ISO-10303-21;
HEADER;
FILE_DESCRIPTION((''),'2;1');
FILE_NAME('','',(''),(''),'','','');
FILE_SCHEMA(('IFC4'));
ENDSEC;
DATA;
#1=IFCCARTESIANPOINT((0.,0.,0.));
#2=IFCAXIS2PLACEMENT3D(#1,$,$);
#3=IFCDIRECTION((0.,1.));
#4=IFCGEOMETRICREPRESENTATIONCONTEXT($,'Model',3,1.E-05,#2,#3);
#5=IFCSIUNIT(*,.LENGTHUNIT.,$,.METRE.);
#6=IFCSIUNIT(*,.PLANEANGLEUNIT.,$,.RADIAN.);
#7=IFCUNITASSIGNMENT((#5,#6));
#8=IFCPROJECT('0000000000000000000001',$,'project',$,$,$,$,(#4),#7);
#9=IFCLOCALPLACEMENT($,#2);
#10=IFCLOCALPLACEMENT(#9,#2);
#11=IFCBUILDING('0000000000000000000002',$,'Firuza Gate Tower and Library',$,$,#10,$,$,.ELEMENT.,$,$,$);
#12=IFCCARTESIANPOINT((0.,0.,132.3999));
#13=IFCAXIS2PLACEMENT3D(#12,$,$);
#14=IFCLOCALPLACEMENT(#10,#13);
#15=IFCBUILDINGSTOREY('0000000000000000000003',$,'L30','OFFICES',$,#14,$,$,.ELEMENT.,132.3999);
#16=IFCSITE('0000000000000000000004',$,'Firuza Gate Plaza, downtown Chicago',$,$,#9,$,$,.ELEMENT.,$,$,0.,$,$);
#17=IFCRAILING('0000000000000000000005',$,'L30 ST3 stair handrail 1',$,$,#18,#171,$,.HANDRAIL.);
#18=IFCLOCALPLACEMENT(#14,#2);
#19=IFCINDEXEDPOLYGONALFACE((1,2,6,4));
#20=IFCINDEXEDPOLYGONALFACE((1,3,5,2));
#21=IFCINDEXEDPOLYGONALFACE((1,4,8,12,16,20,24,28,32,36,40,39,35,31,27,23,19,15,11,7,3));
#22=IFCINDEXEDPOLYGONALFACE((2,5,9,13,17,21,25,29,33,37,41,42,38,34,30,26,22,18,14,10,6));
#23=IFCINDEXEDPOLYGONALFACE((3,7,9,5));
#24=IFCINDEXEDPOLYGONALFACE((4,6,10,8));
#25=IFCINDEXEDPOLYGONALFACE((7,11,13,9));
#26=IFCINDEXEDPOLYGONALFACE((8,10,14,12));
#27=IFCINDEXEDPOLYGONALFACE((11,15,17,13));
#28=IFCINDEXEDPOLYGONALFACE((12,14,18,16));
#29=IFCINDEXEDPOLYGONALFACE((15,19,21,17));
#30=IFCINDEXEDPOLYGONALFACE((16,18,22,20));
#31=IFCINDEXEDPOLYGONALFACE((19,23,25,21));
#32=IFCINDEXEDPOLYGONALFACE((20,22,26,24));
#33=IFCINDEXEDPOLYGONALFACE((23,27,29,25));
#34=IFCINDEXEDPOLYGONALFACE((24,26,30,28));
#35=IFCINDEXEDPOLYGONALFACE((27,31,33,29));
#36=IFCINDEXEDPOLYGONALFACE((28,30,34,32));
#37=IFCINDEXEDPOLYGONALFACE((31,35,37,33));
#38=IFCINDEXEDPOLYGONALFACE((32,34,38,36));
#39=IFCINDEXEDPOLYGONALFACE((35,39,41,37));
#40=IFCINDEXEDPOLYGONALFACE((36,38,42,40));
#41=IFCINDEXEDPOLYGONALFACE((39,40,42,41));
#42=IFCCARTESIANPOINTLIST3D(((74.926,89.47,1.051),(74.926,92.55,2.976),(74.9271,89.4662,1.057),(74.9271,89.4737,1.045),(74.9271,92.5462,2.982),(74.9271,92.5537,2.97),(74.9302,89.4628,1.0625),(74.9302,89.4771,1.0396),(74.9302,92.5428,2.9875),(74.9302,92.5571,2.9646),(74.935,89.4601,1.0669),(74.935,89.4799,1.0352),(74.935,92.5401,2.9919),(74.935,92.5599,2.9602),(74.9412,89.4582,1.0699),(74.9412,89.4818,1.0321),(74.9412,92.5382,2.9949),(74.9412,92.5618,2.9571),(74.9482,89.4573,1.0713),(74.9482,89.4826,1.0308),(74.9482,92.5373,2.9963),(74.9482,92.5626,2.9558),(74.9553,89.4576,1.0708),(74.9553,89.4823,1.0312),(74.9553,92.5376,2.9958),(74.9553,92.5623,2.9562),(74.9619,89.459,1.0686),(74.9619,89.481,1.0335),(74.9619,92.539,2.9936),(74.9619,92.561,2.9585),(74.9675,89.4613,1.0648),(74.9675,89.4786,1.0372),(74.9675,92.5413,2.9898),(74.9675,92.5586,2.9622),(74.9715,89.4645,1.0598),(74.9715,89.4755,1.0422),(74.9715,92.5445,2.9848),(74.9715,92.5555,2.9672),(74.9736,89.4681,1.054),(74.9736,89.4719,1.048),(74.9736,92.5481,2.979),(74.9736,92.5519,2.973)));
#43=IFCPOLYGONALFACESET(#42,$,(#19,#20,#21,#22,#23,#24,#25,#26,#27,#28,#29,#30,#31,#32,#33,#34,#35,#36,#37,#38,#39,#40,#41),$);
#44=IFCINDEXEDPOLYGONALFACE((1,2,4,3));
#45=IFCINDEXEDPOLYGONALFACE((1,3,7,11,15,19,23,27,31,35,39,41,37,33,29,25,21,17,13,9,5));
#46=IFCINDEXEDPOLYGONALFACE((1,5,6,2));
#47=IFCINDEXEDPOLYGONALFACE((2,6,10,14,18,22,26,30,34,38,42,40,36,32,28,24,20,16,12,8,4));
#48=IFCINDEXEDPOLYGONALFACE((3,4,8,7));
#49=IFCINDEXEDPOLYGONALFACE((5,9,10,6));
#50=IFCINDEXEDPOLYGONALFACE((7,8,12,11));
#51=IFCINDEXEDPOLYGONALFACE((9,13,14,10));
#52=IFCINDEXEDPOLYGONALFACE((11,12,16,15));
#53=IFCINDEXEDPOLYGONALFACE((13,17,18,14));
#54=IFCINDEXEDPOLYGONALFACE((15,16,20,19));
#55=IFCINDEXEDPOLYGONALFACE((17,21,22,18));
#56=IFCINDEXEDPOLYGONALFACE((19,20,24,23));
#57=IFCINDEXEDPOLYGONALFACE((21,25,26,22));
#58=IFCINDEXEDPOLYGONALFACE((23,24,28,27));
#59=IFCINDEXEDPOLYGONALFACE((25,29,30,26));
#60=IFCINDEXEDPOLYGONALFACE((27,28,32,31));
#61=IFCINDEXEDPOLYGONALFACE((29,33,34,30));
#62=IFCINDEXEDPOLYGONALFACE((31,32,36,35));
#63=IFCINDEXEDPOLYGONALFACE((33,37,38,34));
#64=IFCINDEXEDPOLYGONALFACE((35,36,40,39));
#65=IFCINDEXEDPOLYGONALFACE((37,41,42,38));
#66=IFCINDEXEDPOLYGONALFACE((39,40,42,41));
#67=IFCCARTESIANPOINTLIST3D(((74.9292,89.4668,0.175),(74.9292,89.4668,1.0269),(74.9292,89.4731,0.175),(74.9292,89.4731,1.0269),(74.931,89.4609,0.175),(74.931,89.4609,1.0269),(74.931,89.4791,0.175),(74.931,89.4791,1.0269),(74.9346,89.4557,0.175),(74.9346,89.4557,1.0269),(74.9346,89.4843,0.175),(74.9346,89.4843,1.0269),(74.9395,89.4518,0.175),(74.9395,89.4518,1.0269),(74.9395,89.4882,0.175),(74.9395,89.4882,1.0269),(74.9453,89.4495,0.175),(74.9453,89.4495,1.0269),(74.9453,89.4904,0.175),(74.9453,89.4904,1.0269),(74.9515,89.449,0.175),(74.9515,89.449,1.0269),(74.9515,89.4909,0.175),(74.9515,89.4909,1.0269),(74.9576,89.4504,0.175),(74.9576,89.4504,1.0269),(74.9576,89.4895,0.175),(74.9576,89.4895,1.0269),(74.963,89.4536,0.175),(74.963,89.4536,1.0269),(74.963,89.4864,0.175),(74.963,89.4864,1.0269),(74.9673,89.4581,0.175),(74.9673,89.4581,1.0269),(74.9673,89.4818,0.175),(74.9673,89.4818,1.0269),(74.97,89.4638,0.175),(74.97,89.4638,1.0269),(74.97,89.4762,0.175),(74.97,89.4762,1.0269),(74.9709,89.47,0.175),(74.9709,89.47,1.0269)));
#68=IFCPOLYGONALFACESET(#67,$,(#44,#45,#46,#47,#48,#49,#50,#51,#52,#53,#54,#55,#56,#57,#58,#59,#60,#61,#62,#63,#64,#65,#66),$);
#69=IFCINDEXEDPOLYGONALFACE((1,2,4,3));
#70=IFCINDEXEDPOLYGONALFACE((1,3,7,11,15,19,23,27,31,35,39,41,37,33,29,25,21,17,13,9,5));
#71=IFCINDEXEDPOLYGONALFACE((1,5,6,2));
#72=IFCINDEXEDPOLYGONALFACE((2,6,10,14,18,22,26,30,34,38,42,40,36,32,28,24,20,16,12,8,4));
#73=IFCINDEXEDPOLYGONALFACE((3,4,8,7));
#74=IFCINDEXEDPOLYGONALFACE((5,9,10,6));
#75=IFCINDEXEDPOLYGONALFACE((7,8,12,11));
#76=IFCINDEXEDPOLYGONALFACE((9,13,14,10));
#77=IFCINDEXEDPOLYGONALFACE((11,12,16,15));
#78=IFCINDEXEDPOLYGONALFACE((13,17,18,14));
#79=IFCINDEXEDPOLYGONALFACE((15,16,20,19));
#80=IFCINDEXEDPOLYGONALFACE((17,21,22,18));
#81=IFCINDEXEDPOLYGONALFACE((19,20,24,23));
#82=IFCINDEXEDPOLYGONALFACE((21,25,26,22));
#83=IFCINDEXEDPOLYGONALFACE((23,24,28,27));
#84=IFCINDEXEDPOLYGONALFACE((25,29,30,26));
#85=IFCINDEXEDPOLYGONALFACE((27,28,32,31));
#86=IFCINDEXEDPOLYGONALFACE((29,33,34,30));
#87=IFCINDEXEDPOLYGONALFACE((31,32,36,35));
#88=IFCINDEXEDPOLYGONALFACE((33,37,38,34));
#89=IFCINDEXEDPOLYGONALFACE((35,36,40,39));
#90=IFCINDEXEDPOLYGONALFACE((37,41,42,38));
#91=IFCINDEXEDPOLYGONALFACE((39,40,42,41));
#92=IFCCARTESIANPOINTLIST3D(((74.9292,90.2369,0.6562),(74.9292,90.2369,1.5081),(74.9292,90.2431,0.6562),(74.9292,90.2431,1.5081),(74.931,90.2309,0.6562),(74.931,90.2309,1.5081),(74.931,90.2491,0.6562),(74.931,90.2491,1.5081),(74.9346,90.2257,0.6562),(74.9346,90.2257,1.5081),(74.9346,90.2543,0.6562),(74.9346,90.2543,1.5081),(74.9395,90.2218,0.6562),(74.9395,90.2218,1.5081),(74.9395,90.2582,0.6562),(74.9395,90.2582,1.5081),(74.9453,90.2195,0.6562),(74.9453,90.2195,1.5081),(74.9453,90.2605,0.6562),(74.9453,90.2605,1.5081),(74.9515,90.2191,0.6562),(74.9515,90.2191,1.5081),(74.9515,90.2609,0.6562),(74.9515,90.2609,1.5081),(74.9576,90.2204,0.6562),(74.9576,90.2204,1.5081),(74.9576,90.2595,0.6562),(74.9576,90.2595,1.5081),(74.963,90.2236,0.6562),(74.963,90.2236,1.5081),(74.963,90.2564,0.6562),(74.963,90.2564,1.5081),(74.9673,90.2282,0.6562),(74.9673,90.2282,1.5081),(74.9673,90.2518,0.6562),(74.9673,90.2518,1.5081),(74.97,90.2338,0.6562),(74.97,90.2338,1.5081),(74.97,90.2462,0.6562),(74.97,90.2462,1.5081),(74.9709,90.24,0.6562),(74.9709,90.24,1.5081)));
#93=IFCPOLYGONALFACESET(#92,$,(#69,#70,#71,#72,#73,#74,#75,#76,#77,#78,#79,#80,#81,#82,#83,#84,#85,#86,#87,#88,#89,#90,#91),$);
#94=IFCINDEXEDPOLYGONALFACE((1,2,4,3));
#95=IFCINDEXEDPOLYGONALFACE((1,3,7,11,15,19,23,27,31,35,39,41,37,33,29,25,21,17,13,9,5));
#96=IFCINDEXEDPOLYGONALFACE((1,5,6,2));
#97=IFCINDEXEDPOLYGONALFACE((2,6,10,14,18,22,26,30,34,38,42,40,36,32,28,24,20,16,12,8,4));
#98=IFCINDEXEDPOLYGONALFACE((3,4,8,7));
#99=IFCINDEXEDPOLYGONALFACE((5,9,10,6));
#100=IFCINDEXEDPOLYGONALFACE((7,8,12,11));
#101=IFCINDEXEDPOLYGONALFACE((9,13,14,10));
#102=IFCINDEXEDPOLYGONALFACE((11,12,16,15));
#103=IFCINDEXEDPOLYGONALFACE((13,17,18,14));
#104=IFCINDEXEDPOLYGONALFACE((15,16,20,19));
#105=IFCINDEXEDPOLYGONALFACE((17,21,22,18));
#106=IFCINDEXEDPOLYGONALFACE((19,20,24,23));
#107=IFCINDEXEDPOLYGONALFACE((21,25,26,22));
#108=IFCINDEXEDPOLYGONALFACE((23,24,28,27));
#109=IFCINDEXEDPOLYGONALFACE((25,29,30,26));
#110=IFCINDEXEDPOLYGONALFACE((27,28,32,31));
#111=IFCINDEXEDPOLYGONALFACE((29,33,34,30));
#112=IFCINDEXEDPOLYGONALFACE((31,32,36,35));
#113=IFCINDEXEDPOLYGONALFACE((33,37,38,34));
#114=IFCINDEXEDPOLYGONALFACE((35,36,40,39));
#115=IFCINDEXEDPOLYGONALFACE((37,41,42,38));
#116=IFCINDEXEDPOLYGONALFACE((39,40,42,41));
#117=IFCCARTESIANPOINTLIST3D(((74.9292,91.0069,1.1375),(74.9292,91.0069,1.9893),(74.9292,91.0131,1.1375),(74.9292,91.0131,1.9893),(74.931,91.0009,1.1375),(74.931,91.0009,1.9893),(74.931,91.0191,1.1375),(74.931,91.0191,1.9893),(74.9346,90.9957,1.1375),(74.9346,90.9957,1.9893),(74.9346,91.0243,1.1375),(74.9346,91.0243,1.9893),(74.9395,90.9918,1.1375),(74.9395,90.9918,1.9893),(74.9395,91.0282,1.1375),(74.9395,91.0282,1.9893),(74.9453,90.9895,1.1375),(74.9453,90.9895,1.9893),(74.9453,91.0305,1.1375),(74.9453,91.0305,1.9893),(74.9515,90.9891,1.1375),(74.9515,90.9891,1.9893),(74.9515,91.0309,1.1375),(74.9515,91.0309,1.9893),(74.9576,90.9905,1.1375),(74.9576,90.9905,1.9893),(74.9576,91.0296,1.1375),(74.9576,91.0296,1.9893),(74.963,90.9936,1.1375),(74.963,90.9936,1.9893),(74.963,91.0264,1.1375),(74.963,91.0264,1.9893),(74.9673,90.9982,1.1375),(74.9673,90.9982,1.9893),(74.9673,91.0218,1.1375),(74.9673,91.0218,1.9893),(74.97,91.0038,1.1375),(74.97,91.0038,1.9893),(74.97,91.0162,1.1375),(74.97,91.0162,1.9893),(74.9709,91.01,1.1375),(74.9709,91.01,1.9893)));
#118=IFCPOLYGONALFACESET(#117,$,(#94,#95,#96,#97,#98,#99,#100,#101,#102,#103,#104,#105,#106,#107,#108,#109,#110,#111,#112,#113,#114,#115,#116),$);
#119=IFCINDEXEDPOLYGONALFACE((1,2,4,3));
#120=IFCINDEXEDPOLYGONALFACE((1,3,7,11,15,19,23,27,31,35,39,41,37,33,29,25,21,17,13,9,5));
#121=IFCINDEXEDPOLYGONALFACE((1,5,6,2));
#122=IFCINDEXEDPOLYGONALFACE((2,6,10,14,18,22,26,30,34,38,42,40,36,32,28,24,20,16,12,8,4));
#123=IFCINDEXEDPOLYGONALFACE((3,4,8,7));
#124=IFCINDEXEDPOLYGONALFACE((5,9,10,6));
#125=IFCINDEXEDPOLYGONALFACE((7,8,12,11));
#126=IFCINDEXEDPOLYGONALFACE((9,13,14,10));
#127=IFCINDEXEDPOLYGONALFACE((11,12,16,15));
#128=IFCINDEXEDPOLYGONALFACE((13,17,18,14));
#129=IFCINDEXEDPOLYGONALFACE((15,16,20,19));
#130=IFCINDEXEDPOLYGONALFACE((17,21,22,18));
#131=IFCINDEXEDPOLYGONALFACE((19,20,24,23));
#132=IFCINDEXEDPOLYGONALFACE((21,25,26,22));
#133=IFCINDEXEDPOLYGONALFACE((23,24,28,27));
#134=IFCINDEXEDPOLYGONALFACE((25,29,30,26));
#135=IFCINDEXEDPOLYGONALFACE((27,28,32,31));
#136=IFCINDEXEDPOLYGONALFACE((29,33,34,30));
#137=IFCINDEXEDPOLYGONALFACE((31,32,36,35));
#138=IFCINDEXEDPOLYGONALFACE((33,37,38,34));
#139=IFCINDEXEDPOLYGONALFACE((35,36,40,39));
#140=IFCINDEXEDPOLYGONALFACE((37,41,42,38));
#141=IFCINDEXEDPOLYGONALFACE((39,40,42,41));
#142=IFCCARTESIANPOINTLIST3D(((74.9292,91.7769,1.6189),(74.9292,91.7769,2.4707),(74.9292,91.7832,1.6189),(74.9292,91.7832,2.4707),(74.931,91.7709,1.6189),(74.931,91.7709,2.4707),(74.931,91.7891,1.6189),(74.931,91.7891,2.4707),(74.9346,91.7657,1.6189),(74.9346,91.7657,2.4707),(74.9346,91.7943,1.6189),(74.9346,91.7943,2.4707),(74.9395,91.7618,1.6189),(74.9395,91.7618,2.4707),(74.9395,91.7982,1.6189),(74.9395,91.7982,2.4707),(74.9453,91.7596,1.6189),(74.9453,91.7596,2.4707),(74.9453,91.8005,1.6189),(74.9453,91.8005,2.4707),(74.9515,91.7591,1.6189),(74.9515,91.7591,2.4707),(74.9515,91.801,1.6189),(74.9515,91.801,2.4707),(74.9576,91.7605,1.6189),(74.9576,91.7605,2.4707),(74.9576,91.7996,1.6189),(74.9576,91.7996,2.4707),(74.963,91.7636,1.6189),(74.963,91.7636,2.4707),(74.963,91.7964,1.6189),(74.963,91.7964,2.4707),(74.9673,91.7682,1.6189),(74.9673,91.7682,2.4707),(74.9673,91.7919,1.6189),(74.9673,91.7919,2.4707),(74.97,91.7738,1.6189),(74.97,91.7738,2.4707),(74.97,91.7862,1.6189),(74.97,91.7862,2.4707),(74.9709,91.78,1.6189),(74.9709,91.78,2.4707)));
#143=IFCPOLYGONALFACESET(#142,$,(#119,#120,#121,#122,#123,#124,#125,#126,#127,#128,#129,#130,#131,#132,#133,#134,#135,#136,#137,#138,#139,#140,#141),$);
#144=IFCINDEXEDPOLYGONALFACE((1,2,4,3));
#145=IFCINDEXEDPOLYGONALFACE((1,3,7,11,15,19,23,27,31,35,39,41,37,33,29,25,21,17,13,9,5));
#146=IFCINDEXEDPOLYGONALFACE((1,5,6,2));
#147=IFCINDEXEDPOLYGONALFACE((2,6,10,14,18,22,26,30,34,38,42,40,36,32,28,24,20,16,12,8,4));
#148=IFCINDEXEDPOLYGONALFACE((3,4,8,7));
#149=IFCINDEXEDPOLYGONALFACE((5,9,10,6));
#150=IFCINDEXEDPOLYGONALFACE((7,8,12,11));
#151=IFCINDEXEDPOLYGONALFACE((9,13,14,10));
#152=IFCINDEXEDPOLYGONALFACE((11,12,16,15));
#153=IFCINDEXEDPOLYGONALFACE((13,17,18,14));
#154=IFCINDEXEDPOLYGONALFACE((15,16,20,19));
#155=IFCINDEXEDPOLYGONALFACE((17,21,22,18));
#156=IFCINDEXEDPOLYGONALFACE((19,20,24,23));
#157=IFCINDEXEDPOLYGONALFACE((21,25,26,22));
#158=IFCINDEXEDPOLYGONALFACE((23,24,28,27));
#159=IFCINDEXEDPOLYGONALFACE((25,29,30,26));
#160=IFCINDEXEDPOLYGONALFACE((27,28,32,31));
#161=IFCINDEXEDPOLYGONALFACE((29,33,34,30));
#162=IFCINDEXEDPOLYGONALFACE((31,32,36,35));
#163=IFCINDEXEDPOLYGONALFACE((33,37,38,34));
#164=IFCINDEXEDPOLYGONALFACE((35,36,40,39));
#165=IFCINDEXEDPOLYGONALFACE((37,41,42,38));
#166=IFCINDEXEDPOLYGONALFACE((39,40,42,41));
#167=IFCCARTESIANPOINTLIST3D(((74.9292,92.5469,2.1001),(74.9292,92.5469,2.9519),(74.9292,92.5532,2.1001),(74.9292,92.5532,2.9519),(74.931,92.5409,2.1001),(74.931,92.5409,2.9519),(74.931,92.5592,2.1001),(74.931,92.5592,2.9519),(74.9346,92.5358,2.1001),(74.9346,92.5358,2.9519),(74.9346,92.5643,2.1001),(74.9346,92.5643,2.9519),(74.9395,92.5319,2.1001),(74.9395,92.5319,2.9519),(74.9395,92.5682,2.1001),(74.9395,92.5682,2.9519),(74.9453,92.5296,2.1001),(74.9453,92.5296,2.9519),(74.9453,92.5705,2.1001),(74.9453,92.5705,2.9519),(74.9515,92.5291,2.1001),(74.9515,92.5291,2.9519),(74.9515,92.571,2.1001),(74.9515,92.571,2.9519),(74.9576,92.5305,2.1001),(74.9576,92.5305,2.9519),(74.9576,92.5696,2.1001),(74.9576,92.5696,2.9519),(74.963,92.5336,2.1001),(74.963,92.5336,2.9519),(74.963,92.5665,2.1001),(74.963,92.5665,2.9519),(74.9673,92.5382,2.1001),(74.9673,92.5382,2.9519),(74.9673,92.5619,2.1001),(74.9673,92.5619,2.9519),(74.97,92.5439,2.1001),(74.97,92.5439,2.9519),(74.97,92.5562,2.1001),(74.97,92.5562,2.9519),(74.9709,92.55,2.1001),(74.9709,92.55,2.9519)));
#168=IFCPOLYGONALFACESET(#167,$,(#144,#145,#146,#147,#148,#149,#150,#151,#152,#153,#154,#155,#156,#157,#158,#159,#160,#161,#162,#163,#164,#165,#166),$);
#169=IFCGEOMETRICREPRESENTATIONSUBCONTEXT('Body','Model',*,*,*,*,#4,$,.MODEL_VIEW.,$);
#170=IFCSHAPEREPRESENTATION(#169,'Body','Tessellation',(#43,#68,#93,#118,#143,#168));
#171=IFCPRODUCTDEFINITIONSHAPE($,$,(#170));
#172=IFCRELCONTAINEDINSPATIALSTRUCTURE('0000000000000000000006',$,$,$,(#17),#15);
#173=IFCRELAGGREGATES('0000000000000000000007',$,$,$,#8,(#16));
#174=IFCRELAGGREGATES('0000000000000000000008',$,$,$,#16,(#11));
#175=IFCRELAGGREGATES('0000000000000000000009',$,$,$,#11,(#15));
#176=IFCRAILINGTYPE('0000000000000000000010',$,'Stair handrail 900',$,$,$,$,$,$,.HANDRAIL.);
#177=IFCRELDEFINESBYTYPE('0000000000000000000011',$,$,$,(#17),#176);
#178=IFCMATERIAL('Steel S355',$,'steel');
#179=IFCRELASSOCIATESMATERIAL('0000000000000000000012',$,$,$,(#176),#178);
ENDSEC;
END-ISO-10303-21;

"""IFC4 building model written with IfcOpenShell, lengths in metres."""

from ifc_helpers import new_model, si_unit, direction, frame, origin, origin_2d, place, context, subcontext, project, spatial, circle, extrude, material, type_object, element, save


model = new_model("IFC4")

# Units and contexts
model_context = context("Model", 3, precision=1e-05, world=origin(), true_north=direction((0.0, 1.0)))
body_context = subcontext(model_context, "Body", "Model", "MODEL_VIEW")
ifc_project = project(units=[si_unit("LENGTHUNIT", "METRE"), si_unit("PLANEANGLEUNIT", "RADIAN")], contexts=[model_context])

# Site, building, storey
site_placement = place(None, origin())
site = spatial("IfcSite", under=ifc_project, at=site_placement, Name="Firuza Gate Plaza, downtown Chicago", CompositionType="ELEMENT", RefElevation=0.0)
building_placement = place(site_placement, origin())
building = spatial("IfcBuilding", under=site, at=building_placement, Name="Firuza Gate Tower and Library", CompositionType="ELEMENT")
storey_placement = place(building_placement, frame((0.0, 0.0, 132.3999)))
storey = spatial("IfcBuildingStorey", under=building, at=storey_placement, Name="L30", Description="OFFICES", CompositionType="ELEMENT", Elevation=132.3999)

# Railing
ifc_material_1 = material(Name="Steel S355", Category="steel")
railing_type = type_object("IfcRailingType", Name="Stair handrail 900", PredefinedType="HANDRAIL", material=ifc_material_1)
railing_placement = place(storey_placement, frame((74.95, 89.47, 0.175)))
element("IfcRailing", 1, at=railing_placement, inside=storey, type_object=railing_type, Name="L30 ST3 stair handrail 1", PredefinedType="HANDRAIL", context=body_context, shape_type="SweptSolid", body=[
    extrude(circle(Radius=0.0239, at=origin_2d()), frame((0.0, 0.0, 0.876), z_axis=(0.0, 0.847998, 0.529999), x_axis=(-1.0, 0.0, 0.0)), (0.0, 0.0, 1.0), 3.6321),
    extrude(circle(Radius=0.021, at=origin_2d()), origin(), (0.0, 0.0, 1.0), 0.8518),
    extrude(circle(Radius=0.021, at=origin_2d()), frame((0.0, 0.77, 0.4812)), (0.0, 0.0, 1.0), 0.8518),
    extrude(circle(Radius=0.021, at=origin_2d()), frame((0.0, 1.54, 0.9624)), (0.0, 0.0, 1.0), 0.8518),
    extrude(circle(Radius=0.021, at=origin_2d()), frame((0.0, 2.3101, 1.4438)), (0.0, 0.0, 1.0), 0.8518),
    extrude(circle(Radius=0.021, at=origin_2d()), frame((0.0, 3.0801, 1.925)), (0.0, 0.0, 1.0), 0.8518),
])

save(model, "model.ifc")
